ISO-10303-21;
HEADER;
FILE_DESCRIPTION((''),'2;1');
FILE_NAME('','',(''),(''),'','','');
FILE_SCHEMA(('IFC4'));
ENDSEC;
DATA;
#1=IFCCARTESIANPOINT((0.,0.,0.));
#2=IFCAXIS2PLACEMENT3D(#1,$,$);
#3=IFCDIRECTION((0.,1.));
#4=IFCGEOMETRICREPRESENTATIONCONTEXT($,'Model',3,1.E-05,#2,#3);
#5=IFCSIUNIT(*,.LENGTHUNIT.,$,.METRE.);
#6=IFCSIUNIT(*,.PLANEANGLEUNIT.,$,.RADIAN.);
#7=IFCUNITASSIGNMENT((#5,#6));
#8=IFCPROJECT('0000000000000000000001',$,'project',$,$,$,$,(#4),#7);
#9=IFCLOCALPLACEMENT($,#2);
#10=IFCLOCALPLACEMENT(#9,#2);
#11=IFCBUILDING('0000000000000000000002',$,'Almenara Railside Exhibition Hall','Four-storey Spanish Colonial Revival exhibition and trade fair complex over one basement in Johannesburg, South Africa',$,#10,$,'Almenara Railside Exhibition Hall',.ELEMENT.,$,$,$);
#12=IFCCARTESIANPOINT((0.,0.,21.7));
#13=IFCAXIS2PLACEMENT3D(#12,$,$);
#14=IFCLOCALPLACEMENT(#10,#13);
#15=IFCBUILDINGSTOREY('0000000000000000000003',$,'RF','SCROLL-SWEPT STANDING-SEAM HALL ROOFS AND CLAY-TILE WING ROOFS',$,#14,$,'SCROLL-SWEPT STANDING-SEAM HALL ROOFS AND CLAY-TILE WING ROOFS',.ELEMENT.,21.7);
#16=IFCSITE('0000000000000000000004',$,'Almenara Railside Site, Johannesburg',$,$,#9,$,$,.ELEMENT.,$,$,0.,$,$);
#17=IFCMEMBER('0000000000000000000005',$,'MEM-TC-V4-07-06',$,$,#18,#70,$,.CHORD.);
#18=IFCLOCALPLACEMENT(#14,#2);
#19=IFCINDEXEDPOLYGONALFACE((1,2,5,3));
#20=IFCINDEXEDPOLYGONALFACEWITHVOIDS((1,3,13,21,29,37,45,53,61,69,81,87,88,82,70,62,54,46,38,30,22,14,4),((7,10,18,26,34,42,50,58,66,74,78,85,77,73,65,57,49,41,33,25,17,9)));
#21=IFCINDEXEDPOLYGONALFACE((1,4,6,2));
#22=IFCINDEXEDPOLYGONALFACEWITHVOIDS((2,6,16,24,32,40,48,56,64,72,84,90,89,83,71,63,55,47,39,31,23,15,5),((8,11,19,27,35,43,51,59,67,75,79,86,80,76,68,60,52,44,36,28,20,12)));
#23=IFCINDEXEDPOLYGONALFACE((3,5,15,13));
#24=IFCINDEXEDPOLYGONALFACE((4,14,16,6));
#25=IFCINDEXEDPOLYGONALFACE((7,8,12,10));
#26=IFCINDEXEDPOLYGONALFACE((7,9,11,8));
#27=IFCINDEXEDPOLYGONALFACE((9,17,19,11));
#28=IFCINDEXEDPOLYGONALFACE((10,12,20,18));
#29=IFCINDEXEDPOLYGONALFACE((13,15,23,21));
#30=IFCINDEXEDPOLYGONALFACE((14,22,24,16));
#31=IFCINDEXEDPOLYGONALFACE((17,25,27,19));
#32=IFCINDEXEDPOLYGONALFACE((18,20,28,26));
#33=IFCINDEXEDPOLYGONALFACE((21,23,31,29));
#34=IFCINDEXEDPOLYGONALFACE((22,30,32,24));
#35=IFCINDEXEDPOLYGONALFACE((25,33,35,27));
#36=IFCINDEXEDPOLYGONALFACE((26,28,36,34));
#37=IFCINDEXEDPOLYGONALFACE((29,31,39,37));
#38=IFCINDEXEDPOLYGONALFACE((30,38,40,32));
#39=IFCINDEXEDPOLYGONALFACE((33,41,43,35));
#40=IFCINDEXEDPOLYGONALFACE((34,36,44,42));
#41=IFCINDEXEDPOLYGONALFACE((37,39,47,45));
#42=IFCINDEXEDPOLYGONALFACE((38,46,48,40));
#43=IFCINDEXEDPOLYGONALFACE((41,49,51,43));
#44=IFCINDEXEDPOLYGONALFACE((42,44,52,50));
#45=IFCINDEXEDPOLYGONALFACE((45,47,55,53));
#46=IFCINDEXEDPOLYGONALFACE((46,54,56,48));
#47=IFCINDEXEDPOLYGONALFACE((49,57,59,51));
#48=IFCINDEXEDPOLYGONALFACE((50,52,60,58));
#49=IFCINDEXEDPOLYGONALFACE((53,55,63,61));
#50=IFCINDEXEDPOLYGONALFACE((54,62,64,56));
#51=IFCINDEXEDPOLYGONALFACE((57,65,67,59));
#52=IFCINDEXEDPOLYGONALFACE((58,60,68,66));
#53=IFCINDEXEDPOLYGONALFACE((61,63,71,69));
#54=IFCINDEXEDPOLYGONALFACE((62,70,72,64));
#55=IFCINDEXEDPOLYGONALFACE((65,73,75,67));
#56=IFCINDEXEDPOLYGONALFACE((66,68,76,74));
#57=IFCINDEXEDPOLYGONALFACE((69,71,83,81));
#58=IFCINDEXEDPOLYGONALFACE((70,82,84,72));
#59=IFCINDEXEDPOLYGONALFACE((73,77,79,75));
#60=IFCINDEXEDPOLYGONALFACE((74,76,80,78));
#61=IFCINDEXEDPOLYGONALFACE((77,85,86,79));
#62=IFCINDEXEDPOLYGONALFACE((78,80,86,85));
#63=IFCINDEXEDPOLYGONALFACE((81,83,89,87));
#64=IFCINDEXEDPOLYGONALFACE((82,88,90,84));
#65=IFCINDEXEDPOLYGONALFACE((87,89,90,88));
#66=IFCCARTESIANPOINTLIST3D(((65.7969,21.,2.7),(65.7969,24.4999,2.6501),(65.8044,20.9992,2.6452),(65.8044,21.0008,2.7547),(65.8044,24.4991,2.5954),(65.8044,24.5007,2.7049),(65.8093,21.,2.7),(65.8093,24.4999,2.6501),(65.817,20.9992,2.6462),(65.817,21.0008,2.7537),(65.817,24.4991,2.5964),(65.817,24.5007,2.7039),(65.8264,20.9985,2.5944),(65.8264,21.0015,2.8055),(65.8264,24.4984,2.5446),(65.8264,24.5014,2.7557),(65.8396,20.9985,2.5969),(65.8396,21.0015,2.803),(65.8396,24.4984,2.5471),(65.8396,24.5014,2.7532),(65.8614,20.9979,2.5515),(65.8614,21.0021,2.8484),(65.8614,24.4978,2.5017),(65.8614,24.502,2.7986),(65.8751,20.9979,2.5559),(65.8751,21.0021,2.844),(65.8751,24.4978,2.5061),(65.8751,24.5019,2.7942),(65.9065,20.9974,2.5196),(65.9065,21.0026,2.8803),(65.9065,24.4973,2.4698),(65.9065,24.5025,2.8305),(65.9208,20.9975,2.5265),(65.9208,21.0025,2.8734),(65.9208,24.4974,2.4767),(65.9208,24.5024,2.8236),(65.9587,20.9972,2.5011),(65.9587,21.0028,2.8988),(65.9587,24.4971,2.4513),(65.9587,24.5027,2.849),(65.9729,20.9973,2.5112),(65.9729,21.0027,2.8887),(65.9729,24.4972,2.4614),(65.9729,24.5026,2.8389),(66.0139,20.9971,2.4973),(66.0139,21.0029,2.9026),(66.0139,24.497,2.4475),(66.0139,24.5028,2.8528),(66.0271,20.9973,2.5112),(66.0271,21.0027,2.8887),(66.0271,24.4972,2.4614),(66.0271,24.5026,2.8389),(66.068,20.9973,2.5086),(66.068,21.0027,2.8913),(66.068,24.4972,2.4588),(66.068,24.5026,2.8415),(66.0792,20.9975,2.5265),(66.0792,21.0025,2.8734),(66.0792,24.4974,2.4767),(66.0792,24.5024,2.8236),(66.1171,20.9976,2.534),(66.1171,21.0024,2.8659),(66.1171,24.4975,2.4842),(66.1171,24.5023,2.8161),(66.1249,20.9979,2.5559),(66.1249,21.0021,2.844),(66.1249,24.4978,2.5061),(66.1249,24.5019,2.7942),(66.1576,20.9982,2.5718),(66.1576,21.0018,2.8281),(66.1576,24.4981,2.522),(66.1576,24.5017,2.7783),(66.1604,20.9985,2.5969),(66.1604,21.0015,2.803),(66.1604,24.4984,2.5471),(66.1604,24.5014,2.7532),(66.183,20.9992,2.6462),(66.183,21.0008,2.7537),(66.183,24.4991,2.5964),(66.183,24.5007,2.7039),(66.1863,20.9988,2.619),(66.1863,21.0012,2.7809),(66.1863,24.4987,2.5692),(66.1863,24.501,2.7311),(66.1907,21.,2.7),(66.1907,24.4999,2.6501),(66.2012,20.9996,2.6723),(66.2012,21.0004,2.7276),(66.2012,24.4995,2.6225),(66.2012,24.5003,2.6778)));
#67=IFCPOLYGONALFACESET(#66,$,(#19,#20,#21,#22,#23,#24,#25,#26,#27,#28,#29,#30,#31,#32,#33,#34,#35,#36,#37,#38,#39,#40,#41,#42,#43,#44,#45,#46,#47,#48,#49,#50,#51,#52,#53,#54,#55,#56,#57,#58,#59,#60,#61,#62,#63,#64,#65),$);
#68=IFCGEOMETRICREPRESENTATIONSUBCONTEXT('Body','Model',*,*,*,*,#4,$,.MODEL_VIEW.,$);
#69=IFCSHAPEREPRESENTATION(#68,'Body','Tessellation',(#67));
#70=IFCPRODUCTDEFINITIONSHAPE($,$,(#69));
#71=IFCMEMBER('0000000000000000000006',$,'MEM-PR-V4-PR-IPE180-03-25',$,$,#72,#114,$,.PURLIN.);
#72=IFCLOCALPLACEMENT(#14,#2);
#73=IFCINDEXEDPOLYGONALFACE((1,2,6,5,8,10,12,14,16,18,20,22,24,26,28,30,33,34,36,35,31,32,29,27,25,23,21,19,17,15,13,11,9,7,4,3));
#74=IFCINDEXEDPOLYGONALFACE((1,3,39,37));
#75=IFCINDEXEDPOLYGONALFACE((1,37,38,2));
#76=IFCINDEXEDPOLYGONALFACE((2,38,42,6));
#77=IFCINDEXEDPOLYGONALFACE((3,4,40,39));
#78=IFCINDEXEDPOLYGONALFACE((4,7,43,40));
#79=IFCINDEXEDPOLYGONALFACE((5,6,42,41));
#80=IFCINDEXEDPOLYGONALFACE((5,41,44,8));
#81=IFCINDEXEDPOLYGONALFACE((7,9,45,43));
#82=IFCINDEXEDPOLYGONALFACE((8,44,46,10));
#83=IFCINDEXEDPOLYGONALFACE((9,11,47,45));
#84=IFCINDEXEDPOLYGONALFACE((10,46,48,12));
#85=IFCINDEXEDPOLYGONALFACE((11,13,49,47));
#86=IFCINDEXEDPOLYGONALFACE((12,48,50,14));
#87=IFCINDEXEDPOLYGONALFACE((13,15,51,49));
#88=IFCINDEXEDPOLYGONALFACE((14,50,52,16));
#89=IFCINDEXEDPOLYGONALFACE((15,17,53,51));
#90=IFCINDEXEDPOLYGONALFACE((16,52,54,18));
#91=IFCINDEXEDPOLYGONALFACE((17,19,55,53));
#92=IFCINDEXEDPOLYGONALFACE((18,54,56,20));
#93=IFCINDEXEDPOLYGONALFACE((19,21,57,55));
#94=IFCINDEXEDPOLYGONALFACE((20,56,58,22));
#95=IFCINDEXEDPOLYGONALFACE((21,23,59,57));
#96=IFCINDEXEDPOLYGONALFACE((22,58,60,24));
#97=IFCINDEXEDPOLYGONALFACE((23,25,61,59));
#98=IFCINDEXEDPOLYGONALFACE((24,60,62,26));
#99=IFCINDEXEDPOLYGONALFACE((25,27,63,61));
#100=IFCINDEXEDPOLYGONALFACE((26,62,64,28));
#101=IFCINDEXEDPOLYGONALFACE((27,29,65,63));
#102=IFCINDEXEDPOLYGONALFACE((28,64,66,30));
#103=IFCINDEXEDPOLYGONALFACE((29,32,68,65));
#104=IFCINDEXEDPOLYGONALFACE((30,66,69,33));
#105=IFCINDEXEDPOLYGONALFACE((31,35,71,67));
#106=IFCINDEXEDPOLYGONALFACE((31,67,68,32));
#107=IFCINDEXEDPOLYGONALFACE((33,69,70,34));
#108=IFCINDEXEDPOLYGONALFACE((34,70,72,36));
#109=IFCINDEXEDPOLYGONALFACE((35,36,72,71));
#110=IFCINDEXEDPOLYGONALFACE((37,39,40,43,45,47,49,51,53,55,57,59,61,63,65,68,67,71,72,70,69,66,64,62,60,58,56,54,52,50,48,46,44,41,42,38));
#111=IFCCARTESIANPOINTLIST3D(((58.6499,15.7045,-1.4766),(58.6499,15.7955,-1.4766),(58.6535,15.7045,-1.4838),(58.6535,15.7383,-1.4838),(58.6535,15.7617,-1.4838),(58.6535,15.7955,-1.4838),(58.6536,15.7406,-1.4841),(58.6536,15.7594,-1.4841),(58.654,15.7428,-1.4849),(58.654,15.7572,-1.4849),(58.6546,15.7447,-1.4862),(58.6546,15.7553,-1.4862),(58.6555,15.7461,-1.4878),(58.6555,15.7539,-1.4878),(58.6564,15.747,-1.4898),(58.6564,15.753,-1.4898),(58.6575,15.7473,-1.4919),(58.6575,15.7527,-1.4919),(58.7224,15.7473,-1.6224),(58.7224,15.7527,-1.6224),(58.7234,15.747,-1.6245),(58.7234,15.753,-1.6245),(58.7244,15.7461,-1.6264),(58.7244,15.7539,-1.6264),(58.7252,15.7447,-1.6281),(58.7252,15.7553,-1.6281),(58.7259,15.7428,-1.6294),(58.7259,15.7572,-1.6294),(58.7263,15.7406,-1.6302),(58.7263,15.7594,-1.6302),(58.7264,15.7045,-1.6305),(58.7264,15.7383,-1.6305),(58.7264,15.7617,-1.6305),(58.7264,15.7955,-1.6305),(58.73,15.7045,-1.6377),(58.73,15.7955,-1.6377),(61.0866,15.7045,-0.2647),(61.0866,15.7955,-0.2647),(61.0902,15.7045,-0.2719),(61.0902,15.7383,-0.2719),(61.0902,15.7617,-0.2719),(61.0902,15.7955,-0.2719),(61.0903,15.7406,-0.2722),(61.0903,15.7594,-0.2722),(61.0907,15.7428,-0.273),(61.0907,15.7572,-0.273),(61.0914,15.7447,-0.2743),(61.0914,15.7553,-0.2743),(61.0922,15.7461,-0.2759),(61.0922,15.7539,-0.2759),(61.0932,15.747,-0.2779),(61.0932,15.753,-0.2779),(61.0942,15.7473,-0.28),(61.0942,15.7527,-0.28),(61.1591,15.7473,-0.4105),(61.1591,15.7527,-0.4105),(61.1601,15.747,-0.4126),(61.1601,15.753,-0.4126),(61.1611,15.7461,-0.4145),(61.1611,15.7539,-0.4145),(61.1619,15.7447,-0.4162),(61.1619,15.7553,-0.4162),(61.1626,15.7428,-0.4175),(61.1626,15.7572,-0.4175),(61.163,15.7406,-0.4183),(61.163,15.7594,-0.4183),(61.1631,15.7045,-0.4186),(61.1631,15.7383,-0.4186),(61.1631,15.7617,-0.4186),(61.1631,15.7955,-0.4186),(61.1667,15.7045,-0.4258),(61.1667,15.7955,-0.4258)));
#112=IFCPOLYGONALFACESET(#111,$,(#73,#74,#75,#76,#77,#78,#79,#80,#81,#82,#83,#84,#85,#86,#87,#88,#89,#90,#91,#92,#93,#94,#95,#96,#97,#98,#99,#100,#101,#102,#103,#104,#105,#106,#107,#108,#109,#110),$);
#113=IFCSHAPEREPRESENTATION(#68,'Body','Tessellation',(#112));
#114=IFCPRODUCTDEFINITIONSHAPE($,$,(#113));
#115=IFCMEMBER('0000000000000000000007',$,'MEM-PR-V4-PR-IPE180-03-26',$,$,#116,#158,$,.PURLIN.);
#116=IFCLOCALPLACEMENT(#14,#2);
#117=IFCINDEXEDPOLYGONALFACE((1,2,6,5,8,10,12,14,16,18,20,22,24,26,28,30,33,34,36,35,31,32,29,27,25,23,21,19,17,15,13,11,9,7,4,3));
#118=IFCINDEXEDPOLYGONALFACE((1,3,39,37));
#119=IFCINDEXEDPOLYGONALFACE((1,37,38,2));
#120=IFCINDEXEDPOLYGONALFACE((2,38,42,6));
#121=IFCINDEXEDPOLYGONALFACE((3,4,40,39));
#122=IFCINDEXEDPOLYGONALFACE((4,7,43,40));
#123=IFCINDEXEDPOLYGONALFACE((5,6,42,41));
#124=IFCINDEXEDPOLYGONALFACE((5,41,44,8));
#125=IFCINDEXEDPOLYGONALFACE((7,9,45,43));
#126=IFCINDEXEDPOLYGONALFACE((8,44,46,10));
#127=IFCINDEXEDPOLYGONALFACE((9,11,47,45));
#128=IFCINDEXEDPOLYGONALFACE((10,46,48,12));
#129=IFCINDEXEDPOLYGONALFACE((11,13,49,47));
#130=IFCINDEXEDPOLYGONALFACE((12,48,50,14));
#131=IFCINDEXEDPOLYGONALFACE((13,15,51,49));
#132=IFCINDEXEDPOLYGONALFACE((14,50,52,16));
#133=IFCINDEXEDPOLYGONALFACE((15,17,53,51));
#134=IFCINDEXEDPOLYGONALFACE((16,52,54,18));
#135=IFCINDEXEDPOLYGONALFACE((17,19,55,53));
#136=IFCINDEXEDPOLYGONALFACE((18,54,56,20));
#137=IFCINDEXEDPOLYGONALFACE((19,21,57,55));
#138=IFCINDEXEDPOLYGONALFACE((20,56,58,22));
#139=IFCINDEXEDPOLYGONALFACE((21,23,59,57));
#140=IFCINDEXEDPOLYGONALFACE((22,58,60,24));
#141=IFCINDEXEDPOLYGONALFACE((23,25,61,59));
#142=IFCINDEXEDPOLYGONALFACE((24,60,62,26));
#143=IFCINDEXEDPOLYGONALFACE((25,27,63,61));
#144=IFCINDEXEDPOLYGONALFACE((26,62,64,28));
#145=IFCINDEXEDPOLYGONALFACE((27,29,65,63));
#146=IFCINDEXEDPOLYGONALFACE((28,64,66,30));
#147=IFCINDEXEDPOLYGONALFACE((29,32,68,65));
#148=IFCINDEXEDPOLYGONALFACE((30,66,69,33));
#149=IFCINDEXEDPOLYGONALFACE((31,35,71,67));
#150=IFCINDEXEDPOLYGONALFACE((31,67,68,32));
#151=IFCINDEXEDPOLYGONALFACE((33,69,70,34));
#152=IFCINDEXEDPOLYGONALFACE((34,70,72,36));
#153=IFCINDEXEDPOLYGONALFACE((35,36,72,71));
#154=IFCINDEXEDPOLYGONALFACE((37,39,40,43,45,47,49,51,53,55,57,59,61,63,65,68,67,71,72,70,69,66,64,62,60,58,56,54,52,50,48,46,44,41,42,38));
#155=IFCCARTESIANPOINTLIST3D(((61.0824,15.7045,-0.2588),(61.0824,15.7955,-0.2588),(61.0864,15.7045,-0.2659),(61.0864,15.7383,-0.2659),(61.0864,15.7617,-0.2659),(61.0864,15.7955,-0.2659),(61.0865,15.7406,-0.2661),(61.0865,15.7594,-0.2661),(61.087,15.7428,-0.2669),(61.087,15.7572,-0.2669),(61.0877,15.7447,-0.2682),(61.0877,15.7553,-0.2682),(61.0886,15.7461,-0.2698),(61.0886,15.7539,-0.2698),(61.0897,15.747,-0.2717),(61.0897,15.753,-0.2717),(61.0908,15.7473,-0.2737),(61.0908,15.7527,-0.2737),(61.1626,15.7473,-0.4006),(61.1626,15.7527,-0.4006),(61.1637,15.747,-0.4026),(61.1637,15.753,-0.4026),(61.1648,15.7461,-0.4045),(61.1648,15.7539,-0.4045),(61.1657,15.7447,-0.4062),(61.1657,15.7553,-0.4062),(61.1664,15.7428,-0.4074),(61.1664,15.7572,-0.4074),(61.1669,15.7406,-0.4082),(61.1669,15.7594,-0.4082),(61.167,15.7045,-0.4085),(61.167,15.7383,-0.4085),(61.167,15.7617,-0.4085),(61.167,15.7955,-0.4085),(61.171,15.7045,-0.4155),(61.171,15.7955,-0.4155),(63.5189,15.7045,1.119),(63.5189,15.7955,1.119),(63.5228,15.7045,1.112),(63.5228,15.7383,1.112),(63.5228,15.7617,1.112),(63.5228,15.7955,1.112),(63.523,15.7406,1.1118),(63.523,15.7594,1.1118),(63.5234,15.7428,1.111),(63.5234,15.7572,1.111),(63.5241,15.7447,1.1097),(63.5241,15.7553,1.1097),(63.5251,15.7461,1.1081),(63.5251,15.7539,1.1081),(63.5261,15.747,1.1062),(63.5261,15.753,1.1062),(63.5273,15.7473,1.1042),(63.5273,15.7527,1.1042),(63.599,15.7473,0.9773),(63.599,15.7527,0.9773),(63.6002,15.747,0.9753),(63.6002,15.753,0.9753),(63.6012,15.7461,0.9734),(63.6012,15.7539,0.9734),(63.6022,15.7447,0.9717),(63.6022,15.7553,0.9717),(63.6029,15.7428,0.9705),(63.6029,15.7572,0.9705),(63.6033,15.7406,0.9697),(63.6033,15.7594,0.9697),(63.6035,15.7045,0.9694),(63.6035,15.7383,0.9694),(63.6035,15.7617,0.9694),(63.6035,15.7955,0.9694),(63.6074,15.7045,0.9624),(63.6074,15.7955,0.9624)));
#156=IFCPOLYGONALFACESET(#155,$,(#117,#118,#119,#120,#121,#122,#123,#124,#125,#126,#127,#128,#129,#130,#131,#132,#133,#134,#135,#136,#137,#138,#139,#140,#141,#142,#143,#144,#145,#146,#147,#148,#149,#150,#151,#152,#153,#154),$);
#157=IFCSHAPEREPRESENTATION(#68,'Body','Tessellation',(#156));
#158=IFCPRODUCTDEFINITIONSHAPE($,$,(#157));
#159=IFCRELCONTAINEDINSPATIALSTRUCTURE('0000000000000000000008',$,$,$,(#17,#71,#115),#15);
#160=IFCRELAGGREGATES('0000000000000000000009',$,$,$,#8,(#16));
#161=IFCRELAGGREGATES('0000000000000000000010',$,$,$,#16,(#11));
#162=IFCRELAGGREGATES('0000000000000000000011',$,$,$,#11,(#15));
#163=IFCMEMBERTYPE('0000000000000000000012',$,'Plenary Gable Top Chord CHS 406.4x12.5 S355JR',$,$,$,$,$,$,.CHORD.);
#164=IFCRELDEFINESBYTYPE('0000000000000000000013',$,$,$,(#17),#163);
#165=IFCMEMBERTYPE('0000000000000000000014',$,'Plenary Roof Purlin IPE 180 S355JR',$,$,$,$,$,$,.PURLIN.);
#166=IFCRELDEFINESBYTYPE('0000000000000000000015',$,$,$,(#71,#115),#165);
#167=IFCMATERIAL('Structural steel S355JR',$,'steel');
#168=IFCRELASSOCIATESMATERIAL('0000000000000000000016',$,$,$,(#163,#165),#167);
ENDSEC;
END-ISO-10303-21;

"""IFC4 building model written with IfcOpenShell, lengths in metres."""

from ifc_helpers import new_model, si_unit, direction, frame, origin, origin_2d, place, context, subcontext, project, spatial, hollow_circle, i_section, extrude, material, material_profile, profile_set, type_object, element, save


model = new_model("IFC4")

# Units and contexts
model_context = context("Model", 3, precision=1e-05, world=origin(), true_north=direction((0.0, 1.0)))
body_context = subcontext(model_context, "Body", "Model", "MODEL_VIEW")
ifc_project = project(units=[si_unit("LENGTHUNIT", "METRE"), si_unit("PLANEANGLEUNIT", "RADIAN")], contexts=[model_context])

# Site, building, storey
site_placement = place(None, origin())
site = spatial("IfcSite", under=ifc_project, at=site_placement, Name="Almenara Railside Site, Johannesburg", CompositionType="ELEMENT", RefElevation=0.0)
building_placement = place(site_placement, origin())
building = spatial("IfcBuilding", under=site, at=building_placement, Name="Almenara Railside Exhibition Hall", Description="Four-storey Spanish Colonial Revival exhibition and trade fair complex over one basement in Johannesburg, South Africa", LongName="Almenara Railside Exhibition Hall", CompositionType="ELEMENT")
storey_placement = place(building_placement, frame((0.0, 0.0, 21.7)))
storey = spatial("IfcBuildingStorey", under=building, at=storey_placement, Name="RF", Description="SCROLL-SWEPT STANDING-SEAM HALL ROOFS AND CLAY-TILE WING ROOFS", LongName="SCROLL-SWEPT STANDING-SEAM HALL ROOFS AND CLAY-TILE WING ROOFS", CompositionType="ELEMENT", Elevation=21.7)

# Members
ifc_material_1 = material(Name="Structural steel S355JR", Category="steel")
ifc_material_profile_1 = material_profile(ifc_material_1, hollow_circle(Radius=0.2031, WallThickness=0.0125, at=origin_2d()), Name="CHS 406.4x12.5")
ifc_profile_set_1 = profile_set([ifc_material_profile_1], Name="Structural steel S355JR")
member_type_1 = type_object("IfcMemberType", Name="Plenary Gable Top Chord CHS 406.4x12.5 S355JR", PredefinedType="CHORD", material=ifc_profile_set_1)
for number, where, z_axis, x_axis, name in (
    (1, (66.0, 21.0, 2.7), (0.0, 0.999899, -0.014228), (-1.0, 0.0, 0.0), "MEM-TC-V4-07-06"),
):
    element("IfcMember", number, at=place(storey_placement, frame(where, z_axis=z_axis, x_axis=x_axis)), inside=storey, type_object=member_type_1, Name=name, PredefinedType="CHORD", context=body_context, shape_type="SweptSolid", body=[
        extrude(hollow_circle(Radius=0.2031, WallThickness=0.0125, at=origin_2d()), origin(), (0.0, 0.0, 1.0), 3.5002),
    ])
ifc_material_profile_2 = material_profile(ifc_material_1, i_section(OverallWidth=0.0911, OverallDepth=0.1799, WebThickness=0.0054, FlangeThickness=0.0081, FilletRadius=0.009, at=origin_2d()), Name="IPE 180")
ifc_profile_set_2 = profile_set([ifc_material_profile_2], Name="Structural steel S355JR")
member_type_2 = type_object("IfcMemberType", Name="Plenary Roof Purlin IPE 180 S355JR", PredefinedType="PURLIN", material=ifc_profile_set_2)
member_1_placement = place(storey_placement, frame((58.6899, 15.75, -1.5571), z_axis=(0.895376, 0.0, 0.445311), x_axis=(0.0, 1.0, 0.0)))
element("IfcMember", 2, at=member_1_placement, inside=storey, type_object=member_type_2, Name="MEM-PR-V4-PR-IPE180-03-25", PredefinedType="PURLIN", context=body_context, shape_type="SweptSolid", body=[
    extrude(i_section(OverallWidth=0.0911, OverallDepth=0.1799, WebThickness=0.0054, FlangeThickness=0.0081, FilletRadius=0.009, at=origin_2d()), origin(), (0.0, 0.0, 1.0), 2.7214),
])
member_2_placement = place(storey_placement, frame((61.1267, 15.75, -0.3372), z_axis=(0.870446, 0.0, 0.492264), x_axis=(0.0, 1.0, 0.0)))
element("IfcMember", 3, at=member_2_placement, inside=storey, type_object=member_type_2, Name="MEM-PR-V4-PR-IPE180-03-26", PredefinedType="PURLIN", context=body_context, shape_type="SweptSolid", body=[
    extrude(i_section(OverallWidth=0.0911, OverallDepth=0.1799, WebThickness=0.0054, FlangeThickness=0.0081, FilletRadius=0.009, at=origin_2d()), origin(), (0.0, 0.0, 1.0), 2.7991),
])

save(model, "model.ifc")
